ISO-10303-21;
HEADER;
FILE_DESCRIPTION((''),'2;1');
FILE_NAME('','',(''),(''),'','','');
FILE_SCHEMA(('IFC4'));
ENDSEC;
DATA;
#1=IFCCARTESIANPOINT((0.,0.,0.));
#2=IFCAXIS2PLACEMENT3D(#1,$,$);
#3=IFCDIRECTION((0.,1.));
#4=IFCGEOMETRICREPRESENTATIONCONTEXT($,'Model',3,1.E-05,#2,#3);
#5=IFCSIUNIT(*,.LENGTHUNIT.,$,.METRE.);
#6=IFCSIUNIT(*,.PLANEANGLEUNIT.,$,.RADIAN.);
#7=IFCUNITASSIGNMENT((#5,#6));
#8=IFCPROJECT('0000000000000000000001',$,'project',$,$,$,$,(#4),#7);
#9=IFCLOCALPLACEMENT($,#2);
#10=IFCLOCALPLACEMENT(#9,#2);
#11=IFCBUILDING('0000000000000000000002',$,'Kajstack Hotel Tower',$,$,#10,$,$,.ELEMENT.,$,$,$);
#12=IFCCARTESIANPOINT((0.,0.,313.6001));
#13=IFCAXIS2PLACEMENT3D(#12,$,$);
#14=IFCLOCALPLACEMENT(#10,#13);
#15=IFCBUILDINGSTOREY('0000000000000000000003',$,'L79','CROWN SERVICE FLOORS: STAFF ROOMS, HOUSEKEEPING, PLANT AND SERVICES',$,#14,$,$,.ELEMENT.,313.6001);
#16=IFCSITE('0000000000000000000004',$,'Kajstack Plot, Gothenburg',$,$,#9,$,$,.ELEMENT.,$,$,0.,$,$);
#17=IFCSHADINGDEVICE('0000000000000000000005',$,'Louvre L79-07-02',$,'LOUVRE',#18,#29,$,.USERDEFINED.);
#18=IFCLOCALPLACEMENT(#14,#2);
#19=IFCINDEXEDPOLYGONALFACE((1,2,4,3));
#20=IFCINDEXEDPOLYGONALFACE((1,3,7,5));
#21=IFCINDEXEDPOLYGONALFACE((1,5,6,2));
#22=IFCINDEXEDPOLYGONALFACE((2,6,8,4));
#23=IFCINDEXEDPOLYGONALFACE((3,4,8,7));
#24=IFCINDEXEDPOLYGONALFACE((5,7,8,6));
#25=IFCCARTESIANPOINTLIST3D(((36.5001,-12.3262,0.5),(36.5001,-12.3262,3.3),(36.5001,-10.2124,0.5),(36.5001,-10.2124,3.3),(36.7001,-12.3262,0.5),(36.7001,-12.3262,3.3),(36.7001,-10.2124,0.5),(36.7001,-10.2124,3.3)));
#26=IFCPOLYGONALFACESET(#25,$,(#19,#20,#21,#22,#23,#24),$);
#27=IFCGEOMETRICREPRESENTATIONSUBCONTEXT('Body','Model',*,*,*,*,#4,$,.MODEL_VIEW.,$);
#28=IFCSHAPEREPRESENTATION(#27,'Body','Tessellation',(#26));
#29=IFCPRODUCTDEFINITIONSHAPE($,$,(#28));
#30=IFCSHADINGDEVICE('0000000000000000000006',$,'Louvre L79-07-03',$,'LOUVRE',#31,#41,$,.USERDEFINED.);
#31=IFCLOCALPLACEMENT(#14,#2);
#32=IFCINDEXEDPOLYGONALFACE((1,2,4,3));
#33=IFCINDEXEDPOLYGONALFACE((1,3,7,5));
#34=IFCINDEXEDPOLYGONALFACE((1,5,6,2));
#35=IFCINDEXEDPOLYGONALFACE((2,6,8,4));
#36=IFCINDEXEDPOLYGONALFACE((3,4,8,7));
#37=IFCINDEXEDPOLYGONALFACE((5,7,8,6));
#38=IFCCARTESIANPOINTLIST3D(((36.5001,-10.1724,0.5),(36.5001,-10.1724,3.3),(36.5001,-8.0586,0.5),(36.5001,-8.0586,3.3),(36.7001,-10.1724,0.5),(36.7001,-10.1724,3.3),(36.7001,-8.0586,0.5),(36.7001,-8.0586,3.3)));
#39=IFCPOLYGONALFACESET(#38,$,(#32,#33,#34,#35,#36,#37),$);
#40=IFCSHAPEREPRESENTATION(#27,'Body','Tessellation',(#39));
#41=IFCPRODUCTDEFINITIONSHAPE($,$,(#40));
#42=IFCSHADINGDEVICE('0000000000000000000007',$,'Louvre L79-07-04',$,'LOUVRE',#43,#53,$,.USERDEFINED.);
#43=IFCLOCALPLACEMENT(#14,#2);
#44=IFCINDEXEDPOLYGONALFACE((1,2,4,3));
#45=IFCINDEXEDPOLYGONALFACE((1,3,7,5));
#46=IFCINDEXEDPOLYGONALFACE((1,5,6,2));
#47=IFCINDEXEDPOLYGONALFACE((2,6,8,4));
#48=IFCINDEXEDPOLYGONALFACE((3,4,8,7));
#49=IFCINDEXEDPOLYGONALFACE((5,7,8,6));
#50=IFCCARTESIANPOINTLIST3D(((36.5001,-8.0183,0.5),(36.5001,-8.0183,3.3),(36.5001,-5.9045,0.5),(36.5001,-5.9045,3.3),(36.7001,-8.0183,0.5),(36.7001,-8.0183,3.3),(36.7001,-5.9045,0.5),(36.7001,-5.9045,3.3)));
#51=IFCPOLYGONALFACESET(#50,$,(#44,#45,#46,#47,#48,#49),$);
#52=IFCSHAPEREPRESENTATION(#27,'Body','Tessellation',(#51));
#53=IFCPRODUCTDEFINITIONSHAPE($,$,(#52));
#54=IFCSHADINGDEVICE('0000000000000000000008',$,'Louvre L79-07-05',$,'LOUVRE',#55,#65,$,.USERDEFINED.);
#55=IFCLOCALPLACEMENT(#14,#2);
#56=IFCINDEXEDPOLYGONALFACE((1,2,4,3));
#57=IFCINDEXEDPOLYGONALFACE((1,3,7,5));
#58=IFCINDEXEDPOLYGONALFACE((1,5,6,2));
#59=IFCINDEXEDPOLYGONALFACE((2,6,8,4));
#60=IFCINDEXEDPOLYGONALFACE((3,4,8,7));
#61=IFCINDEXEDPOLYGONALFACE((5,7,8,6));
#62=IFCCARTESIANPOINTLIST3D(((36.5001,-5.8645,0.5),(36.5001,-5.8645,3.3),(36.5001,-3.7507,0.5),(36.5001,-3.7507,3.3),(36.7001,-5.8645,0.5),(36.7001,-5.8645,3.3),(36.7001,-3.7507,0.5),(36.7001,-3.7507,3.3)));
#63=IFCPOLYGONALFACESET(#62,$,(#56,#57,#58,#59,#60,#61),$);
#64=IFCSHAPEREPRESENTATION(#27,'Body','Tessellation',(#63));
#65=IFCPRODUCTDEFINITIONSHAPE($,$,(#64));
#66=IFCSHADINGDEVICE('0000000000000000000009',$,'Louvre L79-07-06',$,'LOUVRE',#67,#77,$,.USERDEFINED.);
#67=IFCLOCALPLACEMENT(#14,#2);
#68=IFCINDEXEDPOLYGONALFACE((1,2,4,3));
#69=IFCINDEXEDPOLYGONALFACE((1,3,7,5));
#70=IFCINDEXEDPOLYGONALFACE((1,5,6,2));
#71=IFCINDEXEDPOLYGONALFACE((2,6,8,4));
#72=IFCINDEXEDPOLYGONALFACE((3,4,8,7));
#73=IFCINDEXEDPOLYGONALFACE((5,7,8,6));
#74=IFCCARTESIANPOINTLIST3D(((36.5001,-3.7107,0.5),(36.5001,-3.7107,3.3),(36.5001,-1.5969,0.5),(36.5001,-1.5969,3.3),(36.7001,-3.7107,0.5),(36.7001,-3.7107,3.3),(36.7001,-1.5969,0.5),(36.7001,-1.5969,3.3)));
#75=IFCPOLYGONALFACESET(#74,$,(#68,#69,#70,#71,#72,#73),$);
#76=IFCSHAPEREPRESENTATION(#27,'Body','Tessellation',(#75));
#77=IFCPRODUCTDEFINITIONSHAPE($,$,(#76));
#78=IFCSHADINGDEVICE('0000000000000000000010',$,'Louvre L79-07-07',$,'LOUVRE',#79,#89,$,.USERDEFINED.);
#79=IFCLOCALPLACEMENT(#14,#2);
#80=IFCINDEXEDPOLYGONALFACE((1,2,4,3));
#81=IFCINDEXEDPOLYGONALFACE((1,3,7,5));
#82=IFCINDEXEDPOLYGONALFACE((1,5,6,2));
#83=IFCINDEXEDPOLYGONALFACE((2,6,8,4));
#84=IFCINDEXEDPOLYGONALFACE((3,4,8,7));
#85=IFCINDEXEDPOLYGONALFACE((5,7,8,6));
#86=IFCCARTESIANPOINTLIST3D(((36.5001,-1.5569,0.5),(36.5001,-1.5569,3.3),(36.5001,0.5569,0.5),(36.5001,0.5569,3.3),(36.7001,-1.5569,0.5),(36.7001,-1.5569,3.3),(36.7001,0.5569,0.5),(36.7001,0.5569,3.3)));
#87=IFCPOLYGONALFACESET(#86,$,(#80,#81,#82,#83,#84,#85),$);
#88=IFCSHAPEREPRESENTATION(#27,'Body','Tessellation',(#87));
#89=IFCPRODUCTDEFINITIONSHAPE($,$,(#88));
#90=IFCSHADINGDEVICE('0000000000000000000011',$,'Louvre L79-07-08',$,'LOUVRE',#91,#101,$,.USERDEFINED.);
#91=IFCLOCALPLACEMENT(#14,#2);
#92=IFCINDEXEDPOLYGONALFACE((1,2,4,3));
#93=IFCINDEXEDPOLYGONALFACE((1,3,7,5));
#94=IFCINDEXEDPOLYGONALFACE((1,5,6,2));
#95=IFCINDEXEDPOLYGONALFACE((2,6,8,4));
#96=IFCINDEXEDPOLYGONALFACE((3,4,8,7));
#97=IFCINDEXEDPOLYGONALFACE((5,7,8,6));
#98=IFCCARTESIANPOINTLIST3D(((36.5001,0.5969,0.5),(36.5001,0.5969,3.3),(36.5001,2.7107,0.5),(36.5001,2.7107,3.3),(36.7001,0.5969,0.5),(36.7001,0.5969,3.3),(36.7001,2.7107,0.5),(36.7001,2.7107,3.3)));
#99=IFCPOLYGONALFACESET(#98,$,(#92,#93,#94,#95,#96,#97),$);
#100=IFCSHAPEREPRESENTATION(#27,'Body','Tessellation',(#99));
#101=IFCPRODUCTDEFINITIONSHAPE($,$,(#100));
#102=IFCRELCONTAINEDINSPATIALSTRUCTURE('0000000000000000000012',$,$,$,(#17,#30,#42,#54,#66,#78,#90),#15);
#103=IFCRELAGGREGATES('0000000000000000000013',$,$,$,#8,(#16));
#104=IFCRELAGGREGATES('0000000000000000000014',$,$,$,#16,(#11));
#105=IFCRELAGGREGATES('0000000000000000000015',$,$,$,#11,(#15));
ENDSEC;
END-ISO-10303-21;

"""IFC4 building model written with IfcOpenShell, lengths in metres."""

from ifc_helpers import new_model, si_unit, direction, frame, origin, origin_2d, place, context, subcontext, project, spatial, rectangle, extrude, element, save


model = new_model("IFC4")

# Units and contexts
model_context = context("Model", 3, precision=1e-05, world=origin(), true_north=direction((0.0, 1.0)))
body_context = subcontext(model_context, "Body", "Model", "MODEL_VIEW")
ifc_project = project(units=[si_unit("LENGTHUNIT", "METRE"), si_unit("PLANEANGLEUNIT", "RADIAN")], contexts=[model_context])

# Site, building, storey
site_placement = place(None, origin())
site = spatial("IfcSite", under=ifc_project, at=site_placement, Name="Kajstack Plot, Gothenburg", CompositionType="ELEMENT", RefElevation=0.0)
building_placement = place(site_placement, origin())
building = spatial("IfcBuilding", under=site, at=building_placement, Name="Kajstack Hotel Tower", CompositionType="ELEMENT")
storey_placement = place(building_placement, frame((0.0, 0.0, 313.6001)))
storey = spatial("IfcBuildingStorey", under=building, at=storey_placement, Name="L79", Description="CROWN SERVICE FLOORS: STAFF ROOMS, HOUSEKEEPING, PLANT AND SERVICES", CompositionType="ELEMENT", Elevation=313.6001)

# Shading devices
for number, where, z_axis, x_axis, name in (
    (1, (36.6001, -11.2693, 0.5), (0.0, 0.0, 1.0), (0.0, 1.0, 0.0), "Louvre L79-07-02"),
    (2, (36.6001, -9.1155, 0.5), (0.0, 0.0, 1.0), (0.0, 1.0, 0.0), "Louvre L79-07-03"),
    (3, (36.6001, -6.9614, 0.5), (0.0, 0.0, 1.0), (0.0, 1.0, 0.0), "Louvre L79-07-04"),
    (4, (36.6001, -4.8076, 0.5), (0.0, 0.0, 1.0), (0.0, 1.0, 0.0), "Louvre L79-07-05"),
    (5, (36.6001, -2.6538, 0.5), (0.0, 0.0, 1.0), (0.0, 1.0, 0.0), "Louvre L79-07-06"),
    (6, (36.6001, -0.5, 0.5), (0.0, 0.0, 1.0), (0.0, 1.0, 0.0), "Louvre L79-07-07"),
    (7, (36.6001, 1.6538, 0.5), (0.0, 0.0, 1.0), (0.0, 1.0, 0.0), "Louvre L79-07-08"),
):
    element("IfcShadingDevice", number, at=place(storey_placement, frame(where, z_axis=z_axis, x_axis=x_axis)), inside=storey, Name=name, ObjectType="LOUVRE", PredefinedType="USERDEFINED", context=body_context, shape_type="SweptSolid", body=[
        extrude(rectangle(XDim=2.1138, YDim=0.2, at=origin_2d()), origin(), (0.0, 0.0, 1.0), 2.8),
    ])

save(model, "model.ifc")
